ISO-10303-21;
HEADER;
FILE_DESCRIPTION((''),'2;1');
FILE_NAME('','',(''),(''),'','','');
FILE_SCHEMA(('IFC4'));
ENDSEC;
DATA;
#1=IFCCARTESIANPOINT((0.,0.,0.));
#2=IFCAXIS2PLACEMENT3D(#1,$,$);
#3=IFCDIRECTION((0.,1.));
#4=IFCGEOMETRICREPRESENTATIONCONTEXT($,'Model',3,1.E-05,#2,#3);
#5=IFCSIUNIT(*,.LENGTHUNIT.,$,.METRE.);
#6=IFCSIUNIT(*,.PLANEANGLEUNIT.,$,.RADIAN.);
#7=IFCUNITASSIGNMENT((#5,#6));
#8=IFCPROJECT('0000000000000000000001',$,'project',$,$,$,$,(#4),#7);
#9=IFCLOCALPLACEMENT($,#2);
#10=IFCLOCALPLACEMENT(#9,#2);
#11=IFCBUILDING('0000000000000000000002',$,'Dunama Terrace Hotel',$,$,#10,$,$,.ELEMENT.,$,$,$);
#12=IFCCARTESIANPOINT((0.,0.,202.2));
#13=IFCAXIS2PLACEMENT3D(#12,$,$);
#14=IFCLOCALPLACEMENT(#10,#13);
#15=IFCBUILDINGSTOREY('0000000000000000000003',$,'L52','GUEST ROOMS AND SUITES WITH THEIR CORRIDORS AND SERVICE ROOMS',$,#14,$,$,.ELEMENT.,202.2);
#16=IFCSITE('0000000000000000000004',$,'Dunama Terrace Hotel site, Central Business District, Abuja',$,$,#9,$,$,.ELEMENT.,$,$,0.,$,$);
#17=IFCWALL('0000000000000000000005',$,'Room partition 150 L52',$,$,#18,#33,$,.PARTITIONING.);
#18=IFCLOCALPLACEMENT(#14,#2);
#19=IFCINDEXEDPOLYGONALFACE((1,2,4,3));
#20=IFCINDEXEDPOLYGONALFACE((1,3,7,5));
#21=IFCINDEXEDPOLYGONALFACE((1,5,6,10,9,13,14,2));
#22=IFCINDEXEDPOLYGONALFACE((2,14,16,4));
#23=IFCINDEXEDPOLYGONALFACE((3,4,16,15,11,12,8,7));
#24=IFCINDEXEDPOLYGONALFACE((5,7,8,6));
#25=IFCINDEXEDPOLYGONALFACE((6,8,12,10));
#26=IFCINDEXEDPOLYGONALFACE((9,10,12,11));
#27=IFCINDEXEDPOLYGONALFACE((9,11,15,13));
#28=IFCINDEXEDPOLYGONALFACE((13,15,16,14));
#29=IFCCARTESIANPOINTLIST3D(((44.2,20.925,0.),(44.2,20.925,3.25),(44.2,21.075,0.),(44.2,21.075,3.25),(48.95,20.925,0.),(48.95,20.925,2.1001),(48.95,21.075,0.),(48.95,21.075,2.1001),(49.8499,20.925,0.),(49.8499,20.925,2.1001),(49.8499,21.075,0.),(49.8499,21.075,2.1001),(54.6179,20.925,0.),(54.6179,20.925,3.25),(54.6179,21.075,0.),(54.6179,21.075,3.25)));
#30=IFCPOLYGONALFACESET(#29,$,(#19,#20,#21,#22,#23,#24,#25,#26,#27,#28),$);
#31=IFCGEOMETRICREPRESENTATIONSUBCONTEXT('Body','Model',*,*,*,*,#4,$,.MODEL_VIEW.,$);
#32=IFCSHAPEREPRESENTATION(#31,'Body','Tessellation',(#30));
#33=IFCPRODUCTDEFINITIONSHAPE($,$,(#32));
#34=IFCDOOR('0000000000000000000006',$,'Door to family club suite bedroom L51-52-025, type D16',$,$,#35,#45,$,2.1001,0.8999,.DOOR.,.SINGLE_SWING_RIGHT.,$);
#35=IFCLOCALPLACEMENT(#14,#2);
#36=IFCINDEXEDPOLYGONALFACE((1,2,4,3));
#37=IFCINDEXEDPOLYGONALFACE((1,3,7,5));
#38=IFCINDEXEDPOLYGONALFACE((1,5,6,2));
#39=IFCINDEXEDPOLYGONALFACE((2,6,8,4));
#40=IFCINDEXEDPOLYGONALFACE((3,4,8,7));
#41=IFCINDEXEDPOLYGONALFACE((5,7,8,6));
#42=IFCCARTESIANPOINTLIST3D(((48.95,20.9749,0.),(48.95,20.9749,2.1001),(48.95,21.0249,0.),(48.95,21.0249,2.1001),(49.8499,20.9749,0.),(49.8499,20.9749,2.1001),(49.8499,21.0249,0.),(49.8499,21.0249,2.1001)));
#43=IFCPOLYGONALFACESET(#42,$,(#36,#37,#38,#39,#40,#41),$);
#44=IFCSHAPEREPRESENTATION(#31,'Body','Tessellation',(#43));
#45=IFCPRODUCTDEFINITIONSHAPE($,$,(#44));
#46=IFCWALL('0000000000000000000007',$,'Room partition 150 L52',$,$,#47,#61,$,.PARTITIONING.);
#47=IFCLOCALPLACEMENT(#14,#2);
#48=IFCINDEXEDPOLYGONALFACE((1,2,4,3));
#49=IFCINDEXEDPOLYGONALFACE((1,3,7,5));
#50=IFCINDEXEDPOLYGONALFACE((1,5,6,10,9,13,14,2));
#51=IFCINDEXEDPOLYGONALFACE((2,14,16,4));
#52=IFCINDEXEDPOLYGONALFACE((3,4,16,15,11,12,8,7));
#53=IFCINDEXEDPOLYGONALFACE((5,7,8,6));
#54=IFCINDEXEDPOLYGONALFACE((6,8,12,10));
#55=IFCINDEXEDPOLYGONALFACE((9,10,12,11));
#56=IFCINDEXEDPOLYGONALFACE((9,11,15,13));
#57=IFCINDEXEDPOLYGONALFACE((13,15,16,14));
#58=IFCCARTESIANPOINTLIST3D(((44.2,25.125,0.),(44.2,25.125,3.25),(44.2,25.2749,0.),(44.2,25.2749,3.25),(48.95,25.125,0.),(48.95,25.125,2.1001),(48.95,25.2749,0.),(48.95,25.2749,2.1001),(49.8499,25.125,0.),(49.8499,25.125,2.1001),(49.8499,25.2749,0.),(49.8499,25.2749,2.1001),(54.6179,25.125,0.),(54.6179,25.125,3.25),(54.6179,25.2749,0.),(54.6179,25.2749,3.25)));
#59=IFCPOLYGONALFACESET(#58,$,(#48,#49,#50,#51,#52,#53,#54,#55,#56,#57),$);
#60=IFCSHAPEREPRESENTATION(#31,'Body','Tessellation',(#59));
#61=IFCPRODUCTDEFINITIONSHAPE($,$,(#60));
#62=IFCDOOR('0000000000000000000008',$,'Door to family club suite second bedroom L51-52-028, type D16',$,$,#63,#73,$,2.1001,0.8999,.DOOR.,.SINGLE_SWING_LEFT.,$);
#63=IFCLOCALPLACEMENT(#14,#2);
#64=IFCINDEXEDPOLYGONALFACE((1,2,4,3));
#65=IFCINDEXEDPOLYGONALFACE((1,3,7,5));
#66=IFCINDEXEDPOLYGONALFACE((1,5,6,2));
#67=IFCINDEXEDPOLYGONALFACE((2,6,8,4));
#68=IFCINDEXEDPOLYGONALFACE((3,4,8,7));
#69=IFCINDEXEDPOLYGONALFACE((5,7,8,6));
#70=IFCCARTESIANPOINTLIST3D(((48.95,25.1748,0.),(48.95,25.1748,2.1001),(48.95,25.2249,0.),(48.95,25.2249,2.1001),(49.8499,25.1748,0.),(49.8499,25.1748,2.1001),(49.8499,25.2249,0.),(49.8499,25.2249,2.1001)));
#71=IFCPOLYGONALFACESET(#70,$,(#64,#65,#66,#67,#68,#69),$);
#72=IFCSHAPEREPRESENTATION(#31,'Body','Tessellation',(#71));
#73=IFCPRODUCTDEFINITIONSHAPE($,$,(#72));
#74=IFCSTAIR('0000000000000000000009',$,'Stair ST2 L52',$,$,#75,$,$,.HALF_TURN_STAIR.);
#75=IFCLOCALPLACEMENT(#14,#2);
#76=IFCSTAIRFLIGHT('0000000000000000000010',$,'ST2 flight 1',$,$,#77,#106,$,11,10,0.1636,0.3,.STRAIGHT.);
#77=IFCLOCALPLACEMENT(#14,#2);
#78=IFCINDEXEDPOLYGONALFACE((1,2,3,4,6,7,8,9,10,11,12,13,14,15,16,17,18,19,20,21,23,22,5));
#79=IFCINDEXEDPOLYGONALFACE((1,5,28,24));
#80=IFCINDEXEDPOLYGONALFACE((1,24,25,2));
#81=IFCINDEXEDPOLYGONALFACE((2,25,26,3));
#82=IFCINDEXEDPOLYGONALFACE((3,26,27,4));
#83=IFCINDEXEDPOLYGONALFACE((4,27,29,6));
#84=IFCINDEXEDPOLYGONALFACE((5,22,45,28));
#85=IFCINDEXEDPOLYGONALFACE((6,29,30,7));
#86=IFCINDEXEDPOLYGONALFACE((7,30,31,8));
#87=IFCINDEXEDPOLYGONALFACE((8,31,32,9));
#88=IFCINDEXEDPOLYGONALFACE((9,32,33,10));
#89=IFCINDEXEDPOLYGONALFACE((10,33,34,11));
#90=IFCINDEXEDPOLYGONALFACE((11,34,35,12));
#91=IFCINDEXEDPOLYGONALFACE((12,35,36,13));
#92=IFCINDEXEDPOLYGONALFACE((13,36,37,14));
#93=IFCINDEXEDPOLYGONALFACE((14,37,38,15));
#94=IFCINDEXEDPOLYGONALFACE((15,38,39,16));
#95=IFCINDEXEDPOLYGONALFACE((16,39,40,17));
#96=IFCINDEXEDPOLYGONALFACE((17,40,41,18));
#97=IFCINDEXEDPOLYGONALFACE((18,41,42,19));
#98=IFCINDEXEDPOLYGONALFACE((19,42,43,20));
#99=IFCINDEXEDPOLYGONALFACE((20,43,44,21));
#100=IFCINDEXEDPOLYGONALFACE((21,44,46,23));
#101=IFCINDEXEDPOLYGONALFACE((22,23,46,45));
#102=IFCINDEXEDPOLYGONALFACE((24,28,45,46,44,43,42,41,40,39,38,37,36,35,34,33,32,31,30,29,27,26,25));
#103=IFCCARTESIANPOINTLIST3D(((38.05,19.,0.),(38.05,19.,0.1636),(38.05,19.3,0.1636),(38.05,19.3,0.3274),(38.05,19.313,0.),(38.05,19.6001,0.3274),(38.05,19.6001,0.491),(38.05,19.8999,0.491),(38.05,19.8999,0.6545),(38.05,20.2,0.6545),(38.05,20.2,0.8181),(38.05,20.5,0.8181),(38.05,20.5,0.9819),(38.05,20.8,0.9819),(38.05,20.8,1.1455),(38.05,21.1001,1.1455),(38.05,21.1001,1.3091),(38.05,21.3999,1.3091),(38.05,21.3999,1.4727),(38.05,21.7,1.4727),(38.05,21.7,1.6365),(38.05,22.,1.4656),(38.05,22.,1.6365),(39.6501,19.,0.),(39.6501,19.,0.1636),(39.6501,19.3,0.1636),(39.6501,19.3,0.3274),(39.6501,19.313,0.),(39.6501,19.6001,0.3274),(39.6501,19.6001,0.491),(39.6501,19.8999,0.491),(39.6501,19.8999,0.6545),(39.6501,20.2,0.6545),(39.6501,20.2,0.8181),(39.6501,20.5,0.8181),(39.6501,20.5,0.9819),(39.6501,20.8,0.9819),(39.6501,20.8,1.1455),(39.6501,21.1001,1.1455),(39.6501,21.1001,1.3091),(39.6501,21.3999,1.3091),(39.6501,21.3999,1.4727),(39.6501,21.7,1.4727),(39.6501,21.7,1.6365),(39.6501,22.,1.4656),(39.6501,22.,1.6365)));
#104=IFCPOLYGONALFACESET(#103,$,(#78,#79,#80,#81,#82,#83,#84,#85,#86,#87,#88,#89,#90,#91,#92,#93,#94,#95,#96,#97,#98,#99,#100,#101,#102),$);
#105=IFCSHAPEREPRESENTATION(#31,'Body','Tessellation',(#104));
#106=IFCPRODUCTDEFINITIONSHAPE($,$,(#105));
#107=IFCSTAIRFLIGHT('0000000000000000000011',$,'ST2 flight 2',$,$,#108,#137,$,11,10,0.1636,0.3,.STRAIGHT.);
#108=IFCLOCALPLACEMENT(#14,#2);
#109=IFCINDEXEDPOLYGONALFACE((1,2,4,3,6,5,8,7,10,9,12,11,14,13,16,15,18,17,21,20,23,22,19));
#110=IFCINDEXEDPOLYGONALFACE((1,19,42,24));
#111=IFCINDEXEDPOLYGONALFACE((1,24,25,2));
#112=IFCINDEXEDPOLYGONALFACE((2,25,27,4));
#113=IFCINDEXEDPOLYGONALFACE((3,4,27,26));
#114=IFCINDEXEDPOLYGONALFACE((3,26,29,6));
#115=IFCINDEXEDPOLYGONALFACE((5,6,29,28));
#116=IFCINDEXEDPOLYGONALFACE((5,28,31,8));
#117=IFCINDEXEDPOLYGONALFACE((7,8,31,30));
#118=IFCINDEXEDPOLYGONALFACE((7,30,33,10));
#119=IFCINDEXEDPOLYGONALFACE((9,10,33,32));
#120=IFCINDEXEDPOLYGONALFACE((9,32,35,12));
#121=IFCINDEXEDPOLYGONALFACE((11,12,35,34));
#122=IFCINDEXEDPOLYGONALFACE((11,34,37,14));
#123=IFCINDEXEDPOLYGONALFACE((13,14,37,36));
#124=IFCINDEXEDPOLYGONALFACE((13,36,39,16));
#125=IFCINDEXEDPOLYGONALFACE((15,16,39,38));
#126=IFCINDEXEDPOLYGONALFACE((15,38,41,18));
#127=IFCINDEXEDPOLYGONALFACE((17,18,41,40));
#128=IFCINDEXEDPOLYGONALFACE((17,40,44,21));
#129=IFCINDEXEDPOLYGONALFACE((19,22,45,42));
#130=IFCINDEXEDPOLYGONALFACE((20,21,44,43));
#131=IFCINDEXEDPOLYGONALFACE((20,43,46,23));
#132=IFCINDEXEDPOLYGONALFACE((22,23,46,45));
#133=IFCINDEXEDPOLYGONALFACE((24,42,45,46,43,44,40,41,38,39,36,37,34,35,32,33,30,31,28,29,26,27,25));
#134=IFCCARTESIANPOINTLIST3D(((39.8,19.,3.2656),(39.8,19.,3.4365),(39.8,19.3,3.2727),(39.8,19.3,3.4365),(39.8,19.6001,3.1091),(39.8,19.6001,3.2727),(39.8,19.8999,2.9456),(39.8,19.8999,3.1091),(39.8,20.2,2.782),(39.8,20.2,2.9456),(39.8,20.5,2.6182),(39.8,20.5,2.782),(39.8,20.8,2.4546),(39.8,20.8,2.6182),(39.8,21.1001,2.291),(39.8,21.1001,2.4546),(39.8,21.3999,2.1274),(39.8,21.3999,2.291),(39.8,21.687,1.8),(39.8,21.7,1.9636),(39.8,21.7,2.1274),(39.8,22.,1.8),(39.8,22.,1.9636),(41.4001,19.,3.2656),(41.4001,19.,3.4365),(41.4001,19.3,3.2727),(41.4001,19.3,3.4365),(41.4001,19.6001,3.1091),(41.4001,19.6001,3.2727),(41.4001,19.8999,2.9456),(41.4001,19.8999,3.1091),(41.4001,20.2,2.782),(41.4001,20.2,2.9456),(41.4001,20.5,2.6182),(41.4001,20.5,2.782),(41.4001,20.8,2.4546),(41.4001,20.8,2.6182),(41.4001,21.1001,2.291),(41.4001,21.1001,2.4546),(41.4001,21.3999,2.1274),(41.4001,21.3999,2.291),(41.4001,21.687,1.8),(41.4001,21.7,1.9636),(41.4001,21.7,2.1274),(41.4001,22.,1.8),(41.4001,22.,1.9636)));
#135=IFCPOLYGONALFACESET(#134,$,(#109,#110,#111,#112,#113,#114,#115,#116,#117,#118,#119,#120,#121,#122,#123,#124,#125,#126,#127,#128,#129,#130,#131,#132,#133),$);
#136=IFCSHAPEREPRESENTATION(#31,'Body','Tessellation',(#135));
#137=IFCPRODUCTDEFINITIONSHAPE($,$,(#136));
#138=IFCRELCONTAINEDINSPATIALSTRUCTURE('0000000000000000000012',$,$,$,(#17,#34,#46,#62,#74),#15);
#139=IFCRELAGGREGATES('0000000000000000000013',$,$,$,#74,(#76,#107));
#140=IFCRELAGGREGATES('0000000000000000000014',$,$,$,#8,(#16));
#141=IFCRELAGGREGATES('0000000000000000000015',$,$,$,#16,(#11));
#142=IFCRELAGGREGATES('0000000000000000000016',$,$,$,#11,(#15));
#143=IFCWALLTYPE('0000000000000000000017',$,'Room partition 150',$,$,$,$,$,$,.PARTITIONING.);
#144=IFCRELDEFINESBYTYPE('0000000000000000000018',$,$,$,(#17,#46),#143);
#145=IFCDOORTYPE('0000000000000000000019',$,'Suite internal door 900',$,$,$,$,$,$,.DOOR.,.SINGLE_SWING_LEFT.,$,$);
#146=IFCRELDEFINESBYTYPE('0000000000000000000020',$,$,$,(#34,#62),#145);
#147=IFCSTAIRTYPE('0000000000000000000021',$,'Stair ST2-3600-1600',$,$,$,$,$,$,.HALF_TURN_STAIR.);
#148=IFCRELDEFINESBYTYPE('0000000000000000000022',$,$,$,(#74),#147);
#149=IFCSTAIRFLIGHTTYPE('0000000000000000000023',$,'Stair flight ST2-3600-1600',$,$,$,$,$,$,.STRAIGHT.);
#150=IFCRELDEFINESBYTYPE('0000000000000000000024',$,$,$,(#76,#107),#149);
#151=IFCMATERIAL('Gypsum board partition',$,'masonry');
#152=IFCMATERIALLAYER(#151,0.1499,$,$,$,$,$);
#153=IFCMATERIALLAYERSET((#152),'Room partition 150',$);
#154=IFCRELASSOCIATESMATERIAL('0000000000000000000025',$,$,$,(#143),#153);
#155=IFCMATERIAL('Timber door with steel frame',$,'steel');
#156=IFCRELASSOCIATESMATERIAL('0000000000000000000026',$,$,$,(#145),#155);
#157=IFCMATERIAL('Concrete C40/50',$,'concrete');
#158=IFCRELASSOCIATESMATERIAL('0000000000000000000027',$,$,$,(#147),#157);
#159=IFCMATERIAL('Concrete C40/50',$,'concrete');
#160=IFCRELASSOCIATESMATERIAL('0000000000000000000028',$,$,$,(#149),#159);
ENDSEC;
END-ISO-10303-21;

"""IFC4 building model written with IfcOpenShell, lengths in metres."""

from ifc_helpers import new_model, si_unit, direction, frame, frame_2d, origin, place, context, subcontext, project, spatial, polyline, rectangle, outline, extrude, material, layer, layer_set, type_object, element, fill, aggregate, save


model = new_model("IFC4")

# Units and contexts
model_context = context("Model", 3, precision=1e-05, world=origin(), true_north=direction((0.0, 1.0)))
body_context = subcontext(model_context, "Body", "Model", "MODEL_VIEW")
ifc_project = project(units=[si_unit("LENGTHUNIT", "METRE"), si_unit("PLANEANGLEUNIT", "RADIAN")], contexts=[model_context])

# Site, building, storey
site_placement = place(None, origin())
site = spatial("IfcSite", under=ifc_project, at=site_placement, Name="Dunama Terrace Hotel site, Central Business District, Abuja", CompositionType="ELEMENT", RefElevation=0.0)
building_placement = place(site_placement, origin())
building = spatial("IfcBuilding", under=site, at=building_placement, Name="Dunama Terrace Hotel", CompositionType="ELEMENT")
storey_placement = place(building_placement, frame((0.0, 0.0, 202.2)))
storey = spatial("IfcBuildingStorey", under=building, at=storey_placement, Name="L52", Description="GUEST ROOMS AND SUITES WITH THEIR CORRIDORS AND SERVICE ROOMS", CompositionType="ELEMENT", Elevation=202.2)

# Walls, openings, doors
ifc_material_1 = material(Name="Gypsum board partition", Category="masonry")
ifc_layer_1 = layer(ifc_material_1, 0.1499)
ifc_layer_set_1 = layer_set([ifc_layer_1], Name="Room partition 150")
wall_type_1 = type_object("IfcWallType", Name="Room partition 150", PredefinedType="PARTITIONING", material=ifc_layer_set_1)
wall_1_placement = place(storey_placement, frame((44.2, 21.0, 0.0), z_axis=(0.0, 0.0, 1.0), x_axis=(1.0, 0.0, 0.0)))
wall_1 = element("IfcWall", 1, at=wall_1_placement, inside=storey, type_object=wall_type_1, Name="Room partition 150 L52", PredefinedType="PARTITIONING", context=body_context, shape_type="SweptSolid", body=[
    extrude(rectangle(XDim=10.418, YDim=0.1499, at=frame_2d((5.209, 0.0))), origin(), (0.0, 0.0, 1.0), 3.25),
])
opening_1_placement = place(wall_1_placement, frame((4.75, 0.0, 0.0)))
opening_1 = element("IfcOpeningElement", 2, at=opening_1_placement, cuts=wall_1, PredefinedType="OPENING", context=body_context, shape_type="SweptSolid", body=[
    extrude(rectangle(XDim=0.8999, YDim=2.1001, at=frame_2d((0.45, 1.05))), frame((0.0, 0.085, 0.0), z_axis=(0.0, -1.0, 0.0), x_axis=(1.0, 0.0, 0.0)), (0.0, 0.0, 1.0), 0.1699),
])
ifc_material_2 = material(Name="Timber door with steel frame", Category="steel")
door_type_1 = type_object("IfcDoorType", Name="Suite internal door 900", OperationType="SINGLE_SWING_LEFT", PredefinedType="DOOR", material=ifc_material_2)
door_1_placement = place(opening_1_placement, frame((0.8999, 0.0, 0.0), z_axis=(0.0, 0.0, 1.0), x_axis=(-1.0, 0.0, 0.0)))
door_1 = element("IfcDoor", 3, at=door_1_placement, inside=storey, type_object=door_type_1, Name="Door to family club suite bedroom L51-52-025, type D16", OperationType="SINGLE_SWING_RIGHT", OverallHeight=2.1001, OverallWidth=0.8999, PredefinedType="DOOR", context=body_context, shape_type="SweptSolid", body=[
    extrude(rectangle(XDim=0.8999, YDim=2.1001, at=frame_2d((0.45, 1.05))), frame((0.0, 0.0251, 0.0), z_axis=(0.0, -1.0, 0.0), x_axis=(1.0, 0.0, 0.0)), (0.0, 0.0, 1.0), 0.05),
])
fill(opening_1, door_1)
wall_2_placement = place(storey_placement, frame((44.2, 25.2, 0.0), z_axis=(0.0, 0.0, 1.0), x_axis=(1.0, 0.0, 0.0)))
wall_2 = element("IfcWall", 4, at=wall_2_placement, inside=storey, type_object=wall_type_1, Name="Room partition 150 L52", PredefinedType="PARTITIONING", context=body_context, shape_type="SweptSolid", body=[
    extrude(rectangle(XDim=10.418, YDim=0.1499, at=frame_2d((5.209, 0.0))), origin(), (0.0, 0.0, 1.0), 3.25),
])
opening_2_placement = place(wall_2_placement, frame((4.75, 0.0, 0.0)))
opening_2 = element("IfcOpeningElement", 5, at=opening_2_placement, cuts=wall_2, PredefinedType="OPENING", context=body_context, shape_type="SweptSolid", body=[
    extrude(rectangle(XDim=0.8999, YDim=2.1001, at=frame_2d((0.45, 1.05))), frame((0.0, 0.085, 0.0), z_axis=(0.0, -1.0, 0.0), x_axis=(1.0, 0.0, 0.0)), (0.0, 0.0, 1.0), 0.1699),
])
door_2_placement = place(opening_2_placement, origin())
door_2 = element("IfcDoor", 6, at=door_2_placement, inside=storey, type_object=door_type_1, Name="Door to family club suite second bedroom L51-52-028, type D16", OperationType="SINGLE_SWING_LEFT", OverallHeight=2.1001, OverallWidth=0.8999, PredefinedType="DOOR", context=body_context, shape_type="SweptSolid", body=[
    extrude(rectangle(XDim=0.8999, YDim=2.1001, at=frame_2d((0.45, 1.05))), frame((0.0, 0.0249, 0.0), z_axis=(0.0, -1.0, 0.0), x_axis=(1.0, 0.0, 0.0)), (0.0, 0.0, 1.0), 0.05),
])
fill(opening_2, door_2)

# Stair, stair flights
ifc_material_3 = material(Name="Concrete C40/50", Category="concrete")
stair_type = type_object("IfcStairType", Name="Stair ST2-3600-1600", PredefinedType="HALF_TURN_STAIR", material=ifc_material_3)
stair_placement = place(storey_placement, origin())
stair = element("IfcStair", 7, at=stair_placement, inside=storey, type_object=stair_type, Name="Stair ST2 L52", PredefinedType="HALF_TURN_STAIR")
ifc_material_4 = material(Name="Concrete C40/50", Category="concrete")
stair_flight_type = type_object("IfcStairFlightType", Name="Stair flight ST2-3600-1600", PredefinedType="STRAIGHT", material=ifc_material_4)
stair_flight_1_placement = place(storey_placement, frame((38.8501, 19.0, 0.0), z_axis=(0.0, 0.0, 1.0), x_axis=(0.0, 1.0, 0.0)))
stair_flight_1 = element("IfcStairFlight", 8, at=stair_flight_1_placement, type_object=stair_flight_type, Name="ST2 flight 1", NumberOfRisers=11, NumberOfTreads=10, PredefinedType="STRAIGHT", RiserHeight=0.1636, TreadLength=0.3, context=body_context, shape_type="SweptSolid", body=[
    extrude(outline(polyline([(0.0, 0.0), (0.0, 0.1636), (0.3, 0.1636), (0.3, 0.3274), (0.6001, 0.3274), (0.6001, 0.491), (0.8999, 0.491), (0.8999, 0.6545), (1.2, 0.6545), (1.2, 0.8181), (1.5, 0.8181), (1.5, 0.9819), (1.8, 0.9819), (1.8, 1.1455), (2.1001, 1.1455), (2.1001, 1.3091), (2.3999, 1.3091), (2.3999, 1.4727), (2.7, 1.4727), (2.7, 1.6365), (3.0, 1.6365), (3.0, 1.8), (3.0, 1.4656), (0.313, 0.0), (0.0, 0.0)])), frame((0.0, 0.8, 0.0), z_axis=(0.0, -1.0, 0.0), x_axis=(1.0, 0.0, 0.0)), (0.0, 0.0, 1.0), 1.6001),
])
stair_flight_2_placement = place(storey_placement, frame((40.6001, 22.0, 1.8), z_axis=(0.0, 0.0, 1.0), x_axis=(0.0, -1.0, 0.0)))
stair_flight_2 = element("IfcStairFlight", 9, at=stair_flight_2_placement, type_object=stair_flight_type, Name="ST2 flight 2", NumberOfRisers=11, NumberOfTreads=10, PredefinedType="STRAIGHT", RiserHeight=0.1636, TreadLength=0.3, context=body_context, shape_type="SweptSolid", body=[
    extrude(outline(polyline([(0.0, 0.0), (0.0, 0.1636), (0.3, 0.1636), (0.3, 0.3274), (0.6001, 0.3274), (0.6001, 0.491), (0.8999, 0.491), (0.8999, 0.6545), (1.2, 0.6545), (1.2, 0.8181), (1.5, 0.8181), (1.5, 0.9819), (1.8, 0.9819), (1.8, 1.1455), (2.1001, 1.1455), (2.1001, 1.3091), (2.3999, 1.3091), (2.3999, 1.4727), (2.7, 1.4727), (2.7, 1.6365), (3.0, 1.6365), (3.0, 1.8), (3.0, 1.4656), (0.313, 0.0), (0.0, 0.0)])), frame((0.0, 0.8, 0.0), z_axis=(0.0, -1.0, 0.0), x_axis=(1.0, 0.0, 0.0)), (0.0, 0.0, 1.0), 1.6001),
])
aggregate(stair, [stair_flight_1, stair_flight_2])

save(model, "model.ifc")
